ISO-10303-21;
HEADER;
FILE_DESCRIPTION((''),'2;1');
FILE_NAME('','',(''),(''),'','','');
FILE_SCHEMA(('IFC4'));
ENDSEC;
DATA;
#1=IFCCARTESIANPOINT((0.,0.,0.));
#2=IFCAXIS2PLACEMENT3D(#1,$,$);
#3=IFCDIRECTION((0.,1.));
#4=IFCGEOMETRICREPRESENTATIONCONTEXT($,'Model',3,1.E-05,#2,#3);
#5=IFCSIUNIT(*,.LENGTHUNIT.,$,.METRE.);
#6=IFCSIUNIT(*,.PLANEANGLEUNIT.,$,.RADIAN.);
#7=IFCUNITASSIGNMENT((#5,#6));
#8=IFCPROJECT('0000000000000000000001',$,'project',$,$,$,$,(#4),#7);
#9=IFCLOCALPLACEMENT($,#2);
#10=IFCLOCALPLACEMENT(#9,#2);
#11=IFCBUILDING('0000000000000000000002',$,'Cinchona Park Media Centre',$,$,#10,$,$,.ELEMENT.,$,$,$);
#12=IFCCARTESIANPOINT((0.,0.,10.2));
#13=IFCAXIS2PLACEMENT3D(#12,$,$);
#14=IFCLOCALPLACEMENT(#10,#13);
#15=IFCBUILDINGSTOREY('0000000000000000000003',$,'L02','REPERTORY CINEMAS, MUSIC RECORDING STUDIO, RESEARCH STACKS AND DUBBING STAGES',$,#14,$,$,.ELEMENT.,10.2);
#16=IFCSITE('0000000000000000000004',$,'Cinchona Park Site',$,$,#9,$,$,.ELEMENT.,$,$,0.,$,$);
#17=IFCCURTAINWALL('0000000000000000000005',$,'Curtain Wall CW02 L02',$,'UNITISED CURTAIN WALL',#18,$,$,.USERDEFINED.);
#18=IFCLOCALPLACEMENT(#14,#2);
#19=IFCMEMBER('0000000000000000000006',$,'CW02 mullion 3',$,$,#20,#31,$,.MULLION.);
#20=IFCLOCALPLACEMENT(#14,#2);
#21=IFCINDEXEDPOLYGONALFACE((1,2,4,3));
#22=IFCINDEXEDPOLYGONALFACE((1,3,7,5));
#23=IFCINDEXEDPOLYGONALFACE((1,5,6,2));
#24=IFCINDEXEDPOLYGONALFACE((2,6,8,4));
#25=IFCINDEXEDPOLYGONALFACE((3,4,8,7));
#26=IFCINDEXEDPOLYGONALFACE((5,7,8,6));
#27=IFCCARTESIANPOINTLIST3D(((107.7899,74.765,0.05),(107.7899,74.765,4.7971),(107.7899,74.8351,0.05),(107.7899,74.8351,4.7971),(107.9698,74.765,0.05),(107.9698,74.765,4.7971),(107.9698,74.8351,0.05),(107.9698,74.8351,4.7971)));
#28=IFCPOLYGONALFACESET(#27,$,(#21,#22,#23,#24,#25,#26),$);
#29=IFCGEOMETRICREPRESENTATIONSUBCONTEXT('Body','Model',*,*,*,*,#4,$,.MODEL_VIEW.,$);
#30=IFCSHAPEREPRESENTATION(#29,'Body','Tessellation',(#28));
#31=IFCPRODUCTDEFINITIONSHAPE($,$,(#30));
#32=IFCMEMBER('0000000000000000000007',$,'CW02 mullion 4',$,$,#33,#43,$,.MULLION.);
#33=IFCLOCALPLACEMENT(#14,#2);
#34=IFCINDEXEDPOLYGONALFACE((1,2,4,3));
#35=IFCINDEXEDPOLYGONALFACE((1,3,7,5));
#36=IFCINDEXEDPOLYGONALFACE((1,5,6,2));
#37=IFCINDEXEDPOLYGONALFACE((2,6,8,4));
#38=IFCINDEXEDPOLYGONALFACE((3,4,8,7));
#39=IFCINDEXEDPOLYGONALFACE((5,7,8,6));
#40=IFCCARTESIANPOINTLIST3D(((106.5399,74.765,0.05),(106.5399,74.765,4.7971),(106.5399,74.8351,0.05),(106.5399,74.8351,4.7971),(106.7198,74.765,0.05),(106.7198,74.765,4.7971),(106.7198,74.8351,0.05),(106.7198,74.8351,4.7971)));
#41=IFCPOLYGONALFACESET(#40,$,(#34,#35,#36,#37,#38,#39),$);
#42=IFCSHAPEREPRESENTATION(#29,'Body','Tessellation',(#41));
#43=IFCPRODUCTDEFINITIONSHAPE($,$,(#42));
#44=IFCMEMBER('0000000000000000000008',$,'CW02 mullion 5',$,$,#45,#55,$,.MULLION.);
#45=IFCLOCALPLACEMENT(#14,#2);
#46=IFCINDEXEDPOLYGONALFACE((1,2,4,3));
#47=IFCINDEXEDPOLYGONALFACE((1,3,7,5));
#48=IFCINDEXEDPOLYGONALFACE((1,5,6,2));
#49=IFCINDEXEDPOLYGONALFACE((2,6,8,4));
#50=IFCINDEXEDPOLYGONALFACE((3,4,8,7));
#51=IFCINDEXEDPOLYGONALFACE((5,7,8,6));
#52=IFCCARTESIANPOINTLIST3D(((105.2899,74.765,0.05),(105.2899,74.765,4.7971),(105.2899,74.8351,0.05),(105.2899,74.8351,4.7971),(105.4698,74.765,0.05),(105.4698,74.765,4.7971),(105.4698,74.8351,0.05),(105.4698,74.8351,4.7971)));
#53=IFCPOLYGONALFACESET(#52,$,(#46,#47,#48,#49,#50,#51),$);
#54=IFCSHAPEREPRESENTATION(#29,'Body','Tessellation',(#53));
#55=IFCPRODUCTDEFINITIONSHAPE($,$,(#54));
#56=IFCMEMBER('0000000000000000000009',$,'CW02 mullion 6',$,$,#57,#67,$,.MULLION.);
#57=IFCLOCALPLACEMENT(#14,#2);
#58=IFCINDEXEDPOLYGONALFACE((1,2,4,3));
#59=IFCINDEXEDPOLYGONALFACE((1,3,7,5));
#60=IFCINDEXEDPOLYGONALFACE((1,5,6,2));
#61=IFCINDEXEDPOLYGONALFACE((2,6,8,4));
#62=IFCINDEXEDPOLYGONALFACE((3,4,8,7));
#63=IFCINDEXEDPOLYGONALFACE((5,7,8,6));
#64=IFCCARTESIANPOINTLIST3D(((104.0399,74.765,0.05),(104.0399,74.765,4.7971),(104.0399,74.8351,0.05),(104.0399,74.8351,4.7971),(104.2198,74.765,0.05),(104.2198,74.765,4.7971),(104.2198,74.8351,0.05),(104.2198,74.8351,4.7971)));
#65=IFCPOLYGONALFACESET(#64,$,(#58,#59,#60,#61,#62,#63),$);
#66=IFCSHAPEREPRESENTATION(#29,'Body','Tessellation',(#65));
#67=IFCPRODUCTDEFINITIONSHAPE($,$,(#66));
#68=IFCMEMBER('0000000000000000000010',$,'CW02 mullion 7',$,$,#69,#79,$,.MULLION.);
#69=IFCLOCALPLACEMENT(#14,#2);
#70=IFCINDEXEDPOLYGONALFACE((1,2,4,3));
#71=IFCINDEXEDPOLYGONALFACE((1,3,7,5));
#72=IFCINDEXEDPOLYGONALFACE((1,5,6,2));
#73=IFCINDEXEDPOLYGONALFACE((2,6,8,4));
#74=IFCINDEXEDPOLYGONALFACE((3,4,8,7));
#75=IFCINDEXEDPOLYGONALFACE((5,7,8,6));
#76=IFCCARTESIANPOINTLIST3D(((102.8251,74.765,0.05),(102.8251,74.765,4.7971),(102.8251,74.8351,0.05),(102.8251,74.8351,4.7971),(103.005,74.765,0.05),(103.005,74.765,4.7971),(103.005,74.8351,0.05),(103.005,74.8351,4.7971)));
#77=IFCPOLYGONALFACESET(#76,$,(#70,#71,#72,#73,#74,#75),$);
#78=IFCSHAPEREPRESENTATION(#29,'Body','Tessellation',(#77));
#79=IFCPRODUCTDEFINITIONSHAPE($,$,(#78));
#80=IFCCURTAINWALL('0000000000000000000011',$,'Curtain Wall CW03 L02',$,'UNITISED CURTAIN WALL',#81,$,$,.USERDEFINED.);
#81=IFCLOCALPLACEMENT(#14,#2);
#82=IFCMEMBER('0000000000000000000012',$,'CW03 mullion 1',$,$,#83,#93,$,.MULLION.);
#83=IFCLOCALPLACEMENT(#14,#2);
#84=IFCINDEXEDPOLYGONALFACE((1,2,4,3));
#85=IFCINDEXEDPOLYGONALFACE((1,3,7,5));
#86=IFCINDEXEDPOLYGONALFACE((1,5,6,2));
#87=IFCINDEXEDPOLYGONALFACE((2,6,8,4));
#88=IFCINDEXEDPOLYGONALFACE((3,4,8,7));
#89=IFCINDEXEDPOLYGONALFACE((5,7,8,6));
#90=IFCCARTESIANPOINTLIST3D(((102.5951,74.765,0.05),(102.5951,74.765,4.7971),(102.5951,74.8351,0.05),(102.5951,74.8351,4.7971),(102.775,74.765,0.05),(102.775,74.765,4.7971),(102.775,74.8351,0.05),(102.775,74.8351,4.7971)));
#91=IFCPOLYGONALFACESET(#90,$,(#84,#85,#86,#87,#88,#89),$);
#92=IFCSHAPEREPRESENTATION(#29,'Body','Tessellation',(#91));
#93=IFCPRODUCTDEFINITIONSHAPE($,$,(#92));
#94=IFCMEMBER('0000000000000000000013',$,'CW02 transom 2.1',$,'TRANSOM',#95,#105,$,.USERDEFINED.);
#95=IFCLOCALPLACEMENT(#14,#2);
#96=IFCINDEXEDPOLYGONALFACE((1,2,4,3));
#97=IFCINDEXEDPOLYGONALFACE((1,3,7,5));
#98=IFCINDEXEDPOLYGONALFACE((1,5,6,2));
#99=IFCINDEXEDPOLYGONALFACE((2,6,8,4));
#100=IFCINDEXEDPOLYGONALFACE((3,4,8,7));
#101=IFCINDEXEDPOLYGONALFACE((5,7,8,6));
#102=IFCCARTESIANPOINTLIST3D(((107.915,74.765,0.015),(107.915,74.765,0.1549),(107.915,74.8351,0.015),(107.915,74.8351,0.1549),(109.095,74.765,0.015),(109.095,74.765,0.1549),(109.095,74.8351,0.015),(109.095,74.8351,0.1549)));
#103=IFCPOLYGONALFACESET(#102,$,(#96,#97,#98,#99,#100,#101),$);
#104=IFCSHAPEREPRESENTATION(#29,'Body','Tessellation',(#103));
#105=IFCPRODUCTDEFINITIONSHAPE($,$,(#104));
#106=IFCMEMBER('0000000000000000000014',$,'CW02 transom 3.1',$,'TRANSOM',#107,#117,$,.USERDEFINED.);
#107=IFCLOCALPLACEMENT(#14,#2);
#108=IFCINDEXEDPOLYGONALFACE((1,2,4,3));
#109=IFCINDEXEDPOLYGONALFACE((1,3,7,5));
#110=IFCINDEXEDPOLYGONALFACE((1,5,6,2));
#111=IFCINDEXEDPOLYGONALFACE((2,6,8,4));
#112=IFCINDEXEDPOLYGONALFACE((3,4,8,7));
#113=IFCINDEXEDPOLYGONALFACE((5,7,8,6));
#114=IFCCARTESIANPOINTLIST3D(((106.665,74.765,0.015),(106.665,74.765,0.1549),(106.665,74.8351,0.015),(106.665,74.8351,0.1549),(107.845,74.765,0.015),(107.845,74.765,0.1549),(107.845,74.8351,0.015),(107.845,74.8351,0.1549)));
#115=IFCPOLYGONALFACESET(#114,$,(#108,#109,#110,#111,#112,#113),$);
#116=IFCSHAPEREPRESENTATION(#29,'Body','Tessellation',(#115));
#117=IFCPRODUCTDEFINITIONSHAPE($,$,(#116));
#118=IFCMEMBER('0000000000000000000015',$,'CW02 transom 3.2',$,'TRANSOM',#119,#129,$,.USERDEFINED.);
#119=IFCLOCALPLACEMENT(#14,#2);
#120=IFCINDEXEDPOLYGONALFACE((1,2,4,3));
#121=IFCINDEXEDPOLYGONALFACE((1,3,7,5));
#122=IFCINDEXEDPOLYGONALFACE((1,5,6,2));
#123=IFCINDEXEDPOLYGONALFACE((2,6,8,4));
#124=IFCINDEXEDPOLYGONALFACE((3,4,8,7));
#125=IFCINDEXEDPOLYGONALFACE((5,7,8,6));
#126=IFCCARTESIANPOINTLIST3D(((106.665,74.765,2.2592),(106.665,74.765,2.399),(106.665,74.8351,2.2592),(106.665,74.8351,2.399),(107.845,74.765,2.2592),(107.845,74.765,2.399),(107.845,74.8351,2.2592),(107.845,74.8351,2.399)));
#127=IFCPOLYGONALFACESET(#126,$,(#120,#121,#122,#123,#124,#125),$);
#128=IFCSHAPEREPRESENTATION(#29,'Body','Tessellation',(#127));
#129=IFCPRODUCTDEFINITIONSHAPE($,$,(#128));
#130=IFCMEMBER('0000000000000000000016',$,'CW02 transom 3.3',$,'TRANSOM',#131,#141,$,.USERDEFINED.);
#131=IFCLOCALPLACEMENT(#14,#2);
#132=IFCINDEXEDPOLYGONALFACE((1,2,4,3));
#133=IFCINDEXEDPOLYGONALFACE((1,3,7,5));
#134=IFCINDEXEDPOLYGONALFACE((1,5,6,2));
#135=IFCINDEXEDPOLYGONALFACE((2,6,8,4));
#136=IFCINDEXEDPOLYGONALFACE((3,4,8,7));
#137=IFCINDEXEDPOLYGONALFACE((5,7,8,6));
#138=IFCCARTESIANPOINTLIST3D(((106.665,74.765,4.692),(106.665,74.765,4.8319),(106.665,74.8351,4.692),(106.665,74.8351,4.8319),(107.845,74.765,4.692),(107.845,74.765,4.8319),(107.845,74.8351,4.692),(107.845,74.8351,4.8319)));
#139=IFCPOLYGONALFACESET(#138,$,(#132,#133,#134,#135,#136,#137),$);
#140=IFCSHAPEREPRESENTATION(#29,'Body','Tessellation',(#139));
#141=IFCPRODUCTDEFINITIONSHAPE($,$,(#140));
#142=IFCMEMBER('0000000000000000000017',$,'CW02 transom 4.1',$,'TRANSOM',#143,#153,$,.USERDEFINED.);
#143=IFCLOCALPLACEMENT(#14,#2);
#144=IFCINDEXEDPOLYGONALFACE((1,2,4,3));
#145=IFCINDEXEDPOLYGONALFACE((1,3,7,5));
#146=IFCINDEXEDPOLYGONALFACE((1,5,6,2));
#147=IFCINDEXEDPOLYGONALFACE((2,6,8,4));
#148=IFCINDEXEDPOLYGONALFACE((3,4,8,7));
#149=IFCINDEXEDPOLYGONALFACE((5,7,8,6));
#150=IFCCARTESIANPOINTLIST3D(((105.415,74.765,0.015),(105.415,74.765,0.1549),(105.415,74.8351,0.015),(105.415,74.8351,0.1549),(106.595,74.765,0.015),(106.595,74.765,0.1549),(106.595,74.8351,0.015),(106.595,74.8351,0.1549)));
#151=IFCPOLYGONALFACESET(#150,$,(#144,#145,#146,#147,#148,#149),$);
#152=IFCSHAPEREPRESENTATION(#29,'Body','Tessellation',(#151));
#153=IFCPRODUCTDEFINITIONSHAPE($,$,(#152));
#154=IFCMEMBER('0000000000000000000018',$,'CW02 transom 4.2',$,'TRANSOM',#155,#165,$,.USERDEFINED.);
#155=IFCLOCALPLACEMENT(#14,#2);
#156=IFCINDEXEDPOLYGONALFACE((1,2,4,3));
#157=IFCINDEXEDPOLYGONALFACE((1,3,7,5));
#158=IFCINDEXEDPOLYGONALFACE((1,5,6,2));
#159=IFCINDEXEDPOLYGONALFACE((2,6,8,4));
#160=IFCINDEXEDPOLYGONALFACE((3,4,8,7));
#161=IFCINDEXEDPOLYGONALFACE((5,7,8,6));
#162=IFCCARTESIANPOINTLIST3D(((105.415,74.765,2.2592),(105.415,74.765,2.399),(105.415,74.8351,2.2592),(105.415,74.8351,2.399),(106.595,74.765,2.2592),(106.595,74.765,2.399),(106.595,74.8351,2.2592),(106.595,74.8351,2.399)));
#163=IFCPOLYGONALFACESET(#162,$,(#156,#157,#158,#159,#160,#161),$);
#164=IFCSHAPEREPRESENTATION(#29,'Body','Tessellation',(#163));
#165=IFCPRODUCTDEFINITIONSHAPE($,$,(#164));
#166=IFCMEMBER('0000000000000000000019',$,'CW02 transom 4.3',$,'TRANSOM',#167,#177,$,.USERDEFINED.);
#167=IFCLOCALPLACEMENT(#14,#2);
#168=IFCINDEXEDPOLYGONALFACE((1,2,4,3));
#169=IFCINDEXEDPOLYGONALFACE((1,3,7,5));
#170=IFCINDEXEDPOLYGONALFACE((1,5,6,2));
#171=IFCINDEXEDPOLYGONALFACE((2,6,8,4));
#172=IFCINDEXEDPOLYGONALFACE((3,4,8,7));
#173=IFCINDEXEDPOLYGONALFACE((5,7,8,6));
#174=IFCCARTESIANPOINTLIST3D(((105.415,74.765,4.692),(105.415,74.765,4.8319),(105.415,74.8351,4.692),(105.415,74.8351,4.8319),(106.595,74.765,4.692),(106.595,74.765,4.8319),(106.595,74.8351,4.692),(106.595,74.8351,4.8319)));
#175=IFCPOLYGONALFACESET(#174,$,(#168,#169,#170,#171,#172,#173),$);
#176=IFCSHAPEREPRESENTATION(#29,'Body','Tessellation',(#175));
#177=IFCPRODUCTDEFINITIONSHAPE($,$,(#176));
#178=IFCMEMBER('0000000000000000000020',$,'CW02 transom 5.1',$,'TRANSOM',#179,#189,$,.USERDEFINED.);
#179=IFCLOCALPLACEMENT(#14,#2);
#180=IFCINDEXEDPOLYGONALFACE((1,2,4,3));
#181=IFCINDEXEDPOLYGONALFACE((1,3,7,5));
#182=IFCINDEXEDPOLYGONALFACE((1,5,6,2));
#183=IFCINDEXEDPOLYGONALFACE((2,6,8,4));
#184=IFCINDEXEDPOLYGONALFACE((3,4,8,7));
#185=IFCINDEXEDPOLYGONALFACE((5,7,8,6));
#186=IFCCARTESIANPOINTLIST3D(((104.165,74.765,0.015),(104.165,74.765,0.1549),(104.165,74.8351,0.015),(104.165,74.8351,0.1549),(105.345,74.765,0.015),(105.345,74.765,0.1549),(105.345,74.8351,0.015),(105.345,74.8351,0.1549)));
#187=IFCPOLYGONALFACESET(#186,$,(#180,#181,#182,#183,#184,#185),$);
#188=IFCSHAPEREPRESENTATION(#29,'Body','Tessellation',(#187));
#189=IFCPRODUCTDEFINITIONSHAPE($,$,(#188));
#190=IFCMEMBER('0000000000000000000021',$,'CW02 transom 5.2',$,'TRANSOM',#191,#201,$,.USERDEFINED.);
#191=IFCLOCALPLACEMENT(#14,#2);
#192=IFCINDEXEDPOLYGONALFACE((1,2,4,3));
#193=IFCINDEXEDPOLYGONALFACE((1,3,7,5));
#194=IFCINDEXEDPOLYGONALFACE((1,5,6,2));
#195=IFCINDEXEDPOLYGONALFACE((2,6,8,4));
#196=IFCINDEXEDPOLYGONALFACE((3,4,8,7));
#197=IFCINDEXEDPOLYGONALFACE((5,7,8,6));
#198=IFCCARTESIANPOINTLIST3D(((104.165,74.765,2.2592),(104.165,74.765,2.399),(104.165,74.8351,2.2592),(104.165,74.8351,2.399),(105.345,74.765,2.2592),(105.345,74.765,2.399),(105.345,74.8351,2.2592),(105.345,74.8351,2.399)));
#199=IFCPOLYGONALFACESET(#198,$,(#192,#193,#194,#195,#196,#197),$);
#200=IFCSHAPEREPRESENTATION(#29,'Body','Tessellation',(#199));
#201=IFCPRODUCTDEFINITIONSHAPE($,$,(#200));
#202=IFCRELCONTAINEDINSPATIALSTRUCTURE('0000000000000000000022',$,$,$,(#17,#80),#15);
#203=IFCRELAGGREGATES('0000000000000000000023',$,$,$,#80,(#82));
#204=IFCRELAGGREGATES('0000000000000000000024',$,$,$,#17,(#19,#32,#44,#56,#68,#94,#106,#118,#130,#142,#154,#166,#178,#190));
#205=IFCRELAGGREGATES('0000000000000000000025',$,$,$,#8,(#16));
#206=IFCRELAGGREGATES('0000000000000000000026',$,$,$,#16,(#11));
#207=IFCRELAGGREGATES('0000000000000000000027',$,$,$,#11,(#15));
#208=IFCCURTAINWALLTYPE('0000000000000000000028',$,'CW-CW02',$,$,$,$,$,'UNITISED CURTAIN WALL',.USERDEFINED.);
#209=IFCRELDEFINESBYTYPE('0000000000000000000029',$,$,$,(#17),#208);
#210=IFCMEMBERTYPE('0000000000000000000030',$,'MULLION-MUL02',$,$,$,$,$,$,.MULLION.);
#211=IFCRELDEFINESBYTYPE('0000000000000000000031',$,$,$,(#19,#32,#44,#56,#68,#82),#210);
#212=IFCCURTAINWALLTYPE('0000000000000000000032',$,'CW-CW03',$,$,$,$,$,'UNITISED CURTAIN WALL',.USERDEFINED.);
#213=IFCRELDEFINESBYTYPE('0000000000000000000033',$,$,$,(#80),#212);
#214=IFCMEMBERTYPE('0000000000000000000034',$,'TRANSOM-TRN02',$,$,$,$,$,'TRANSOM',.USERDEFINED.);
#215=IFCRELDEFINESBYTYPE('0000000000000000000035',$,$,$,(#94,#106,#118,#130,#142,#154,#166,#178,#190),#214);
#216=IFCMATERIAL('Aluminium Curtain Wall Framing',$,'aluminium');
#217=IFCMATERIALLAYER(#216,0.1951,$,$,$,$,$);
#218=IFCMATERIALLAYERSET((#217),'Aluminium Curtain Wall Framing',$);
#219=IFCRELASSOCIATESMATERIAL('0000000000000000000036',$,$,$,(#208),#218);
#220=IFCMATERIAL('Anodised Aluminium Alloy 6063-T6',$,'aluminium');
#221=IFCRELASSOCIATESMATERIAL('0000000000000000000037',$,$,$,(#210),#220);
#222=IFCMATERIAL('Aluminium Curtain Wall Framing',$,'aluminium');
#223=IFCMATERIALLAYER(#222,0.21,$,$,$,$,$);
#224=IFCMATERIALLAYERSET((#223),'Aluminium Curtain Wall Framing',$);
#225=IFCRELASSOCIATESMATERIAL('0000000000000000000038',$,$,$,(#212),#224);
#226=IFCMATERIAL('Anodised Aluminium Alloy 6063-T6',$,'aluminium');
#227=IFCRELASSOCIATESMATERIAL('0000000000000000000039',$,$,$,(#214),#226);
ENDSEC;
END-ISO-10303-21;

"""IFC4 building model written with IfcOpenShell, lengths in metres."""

from ifc_helpers import new_model, si_unit, direction, frame, origin, origin_2d, place, context, subcontext, project, spatial, rectangle, extrude, material, layer, layer_set, material_profile, profile_set, type_object, element, aggregate, save


model = new_model("IFC4")

# Units and contexts
model_context = context("Model", 3, precision=1e-05, world=origin(), true_north=direction((0.0, 1.0)))
body_context = subcontext(model_context, "Body", "Model", "MODEL_VIEW")
ifc_project = project(units=[si_unit("LENGTHUNIT", "METRE"), si_unit("PLANEANGLEUNIT", "RADIAN")], contexts=[model_context])

# Site, building, storey
site_placement = place(None, origin())
site = spatial("IfcSite", under=ifc_project, at=site_placement, Name="Cinchona Park Site", CompositionType="ELEMENT", RefElevation=0.0)
building_placement = place(site_placement, origin())
building = spatial("IfcBuilding", under=site, at=building_placement, Name="Cinchona Park Media Centre", CompositionType="ELEMENT")
storey_placement = place(building_placement, frame((0.0, 0.0, 10.2)))
storey = spatial("IfcBuildingStorey", under=building, at=storey_placement, Name="L02", Description="REPERTORY CINEMAS, MUSIC RECORDING STUDIO, RESEARCH STACKS AND DUBBING STAGES", CompositionType="ELEMENT", Elevation=10.2)

# Curtain wall, members
ifc_material_1 = material(Name="Aluminium Curtain Wall Framing", Category="aluminium")
ifc_layer_1 = layer(ifc_material_1, 0.1951)
ifc_layer_set_1 = layer_set([ifc_layer_1], Name="Aluminium Curtain Wall Framing")
curtain_wall_type_1 = type_object("IfcCurtainWallType", Name="CW-CW02", ElementType="UNITISED CURTAIN WALL", PredefinedType="USERDEFINED", material=ifc_layer_set_1)
curtain_wall_1_placement = place(storey_placement, origin())
curtain_wall_1 = element("IfcCurtainWall", 1, at=curtain_wall_1_placement, inside=storey, type_object=curtain_wall_type_1, Name="Curtain Wall CW02 L02", ObjectType="UNITISED CURTAIN WALL", PredefinedType="USERDEFINED")
ifc_material_2 = material(Name="Anodised Aluminium Alloy 6063-T6", Category="aluminium")
ifc_material_profile_1 = material_profile(ifc_material_2, rectangle(XDim=0.0701, YDim=0.1799, at=origin_2d()), Name="MUL-70X180")
ifc_profile_set_1 = profile_set([ifc_material_profile_1], Name="Anodised Aluminium Alloy 6063-T6")
member_type_1 = type_object("IfcMemberType", Name="MULLION-MUL02", PredefinedType="MULLION", material=ifc_profile_set_1)
member_1_placement = place(storey_placement, frame((107.8799, 74.8, 0.05), z_axis=(0.0, 0.0, 1.0), x_axis=(0.0, -1.0, 0.0)))
member_1 = element("IfcMember", 2, at=member_1_placement, type_object=member_type_1, Name="CW02 mullion 3", PredefinedType="MULLION", context=body_context, shape_type="SweptSolid", body=[
    extrude(rectangle(XDim=0.0701, YDim=0.1799, at=origin_2d()), origin(), (0.0, 0.0, 1.0), 4.7471),
])
member_2_placement = place(storey_placement, frame((106.6299, 74.8, 0.05), z_axis=(0.0, 0.0, 1.0), x_axis=(0.0, -1.0, 0.0)))
member_2 = element("IfcMember", 3, at=member_2_placement, type_object=member_type_1, Name="CW02 mullion 4", PredefinedType="MULLION", context=body_context, shape_type="SweptSolid", body=[
    extrude(rectangle(XDim=0.0701, YDim=0.1799, at=origin_2d()), origin(), (0.0, 0.0, 1.0), 4.7471),
])
member_3_placement = place(storey_placement, frame((105.3799, 74.8, 0.05), z_axis=(0.0, 0.0, 1.0), x_axis=(0.0, -1.0, 0.0)))
member_3 = element("IfcMember", 4, at=member_3_placement, type_object=member_type_1, Name="CW02 mullion 5", PredefinedType="MULLION", context=body_context, shape_type="SweptSolid", body=[
    extrude(rectangle(XDim=0.0701, YDim=0.1799, at=origin_2d()), origin(), (0.0, 0.0, 1.0), 4.7471),
])
member_4_placement = place(storey_placement, frame((104.1299, 74.8, 0.05), z_axis=(0.0, 0.0, 1.0), x_axis=(0.0, -1.0, 0.0)))
member_4 = element("IfcMember", 5, at=member_4_placement, type_object=member_type_1, Name="CW02 mullion 6", PredefinedType="MULLION", context=body_context, shape_type="SweptSolid", body=[
    extrude(rectangle(XDim=0.0701, YDim=0.1799, at=origin_2d()), origin(), (0.0, 0.0, 1.0), 4.7471),
])
member_5_placement = place(storey_placement, frame((102.915, 74.8, 0.05), z_axis=(0.0, 0.0, 1.0), x_axis=(0.0, -1.0, 0.0)))
member_5 = element("IfcMember", 6, at=member_5_placement, type_object=member_type_1, Name="CW02 mullion 7", PredefinedType="MULLION", context=body_context, shape_type="SweptSolid", body=[
    extrude(rectangle(XDim=0.0701, YDim=0.1799, at=origin_2d()), origin(), (0.0, 0.0, 1.0), 4.7471),
])

# Curtain wall, member
ifc_material_3 = material(Name="Aluminium Curtain Wall Framing", Category="aluminium")
ifc_layer_2 = layer(ifc_material_3, 0.21)
ifc_layer_set_2 = layer_set([ifc_layer_2], Name="Aluminium Curtain Wall Framing")
curtain_wall_type_2 = type_object("IfcCurtainWallType", Name="CW-CW03", ElementType="UNITISED CURTAIN WALL", PredefinedType="USERDEFINED", material=ifc_layer_set_2)
curtain_wall_2_placement = place(storey_placement, origin())
curtain_wall_2 = element("IfcCurtainWall", 7, at=curtain_wall_2_placement, inside=storey, type_object=curtain_wall_type_2, Name="Curtain Wall CW03 L02", ObjectType="UNITISED CURTAIN WALL", PredefinedType="USERDEFINED")
member_6_placement = place(storey_placement, frame((102.6851, 74.8, 0.05), z_axis=(0.0, 0.0, 1.0), x_axis=(0.0, -1.0, 0.0)))
member_6 = element("IfcMember", 8, at=member_6_placement, type_object=member_type_1, Name="CW03 mullion 1", PredefinedType="MULLION", context=body_context, shape_type="SweptSolid", body=[
    extrude(rectangle(XDim=0.0701, YDim=0.1799, at=origin_2d()), origin(), (0.0, 0.0, 1.0), 4.7471),
])

# Members
ifc_material_4 = material(Name="Anodised Aluminium Alloy 6063-T6", Category="aluminium")
ifc_material_profile_2 = material_profile(ifc_material_4, rectangle(XDim=0.0701, YDim=0.1399, at=origin_2d()), Name="TRN-70X140")
ifc_profile_set_2 = profile_set([ifc_material_profile_2], Name="Anodised Aluminium Alloy 6063-T6")
member_type_2 = type_object("IfcMemberType", Name="TRANSOM-TRN02", ElementType="TRANSOM", PredefinedType="USERDEFINED", material=ifc_profile_set_2)
member_7_placement = place(storey_placement, frame((109.095, 74.8, 0.085), z_axis=(-1.0, 0.0, 0.0), x_axis=(0.0, -1.0, 0.0)))
member_7 = element("IfcMember", 9, at=member_7_placement, type_object=member_type_2, Name="CW02 transom 2.1", ObjectType="TRANSOM", PredefinedType="USERDEFINED", context=body_context, shape_type="SweptSolid", body=[
    extrude(rectangle(XDim=0.0701, YDim=0.1399, at=origin_2d()), origin(), (0.0, 0.0, 1.0), 1.1799),
])
member_8_placement = place(storey_placement, frame((107.845, 74.8, 0.085), z_axis=(-1.0, 0.0, 0.0), x_axis=(0.0, -1.0, 0.0)))
member_8 = element("IfcMember", 10, at=member_8_placement, type_object=member_type_2, Name="CW02 transom 3.1", ObjectType="TRANSOM", PredefinedType="USERDEFINED", context=body_context, shape_type="SweptSolid", body=[
    extrude(rectangle(XDim=0.0701, YDim=0.1399, at=origin_2d()), origin(), (0.0, 0.0, 1.0), 1.1799),
])
member_9_placement = place(storey_placement, frame((107.845, 74.8, 2.3291), z_axis=(-1.0, 0.0, 0.0), x_axis=(0.0, -1.0, 0.0)))
member_9 = element("IfcMember", 11, at=member_9_placement, type_object=member_type_2, Name="CW02 transom 3.2", ObjectType="TRANSOM", PredefinedType="USERDEFINED", context=body_context, shape_type="SweptSolid", body=[
    extrude(rectangle(XDim=0.0701, YDim=0.1399, at=origin_2d()), origin(), (0.0, 0.0, 1.0), 1.1799),
])
member_10_placement = place(storey_placement, frame((107.845, 74.8, 4.762), z_axis=(-1.0, 0.0, 0.0), x_axis=(0.0, -1.0, 0.0)))
member_10 = element("IfcMember", 12, at=member_10_placement, type_object=member_type_2, Name="CW02 transom 3.3", ObjectType="TRANSOM", PredefinedType="USERDEFINED", context=body_context, shape_type="SweptSolid", body=[
    extrude(rectangle(XDim=0.0701, YDim=0.1399, at=origin_2d()), origin(), (0.0, 0.0, 1.0), 1.1799),
])
member_11_placement = place(storey_placement, frame((106.595, 74.8, 0.085), z_axis=(-1.0, 0.0, 0.0), x_axis=(0.0, -1.0, 0.0)))
member_11 = element("IfcMember", 13, at=member_11_placement, type_object=member_type_2, Name="CW02 transom 4.1", ObjectType="TRANSOM", PredefinedType="USERDEFINED", context=body_context, shape_type="SweptSolid", body=[
    extrude(rectangle(XDim=0.0701, YDim=0.1399, at=origin_2d()), origin(), (0.0, 0.0, 1.0), 1.1799),
])
member_12_placement = place(storey_placement, frame((106.595, 74.8, 2.3291), z_axis=(-1.0, 0.0, 0.0), x_axis=(0.0, -1.0, 0.0)))
member_12 = element("IfcMember", 14, at=member_12_placement, type_object=member_type_2, Name="CW02 transom 4.2", ObjectType="TRANSOM", PredefinedType="USERDEFINED", context=body_context, shape_type="SweptSolid", body=[
    extrude(rectangle(XDim=0.0701, YDim=0.1399, at=origin_2d()), origin(), (0.0, 0.0, 1.0), 1.1799),
])
member_13_placement = place(storey_placement, frame((106.595, 74.8, 4.762), z_axis=(-1.0, 0.0, 0.0), x_axis=(0.0, -1.0, 0.0)))
member_13 = element("IfcMember", 15, at=member_13_placement, type_object=member_type_2, Name="CW02 transom 4.3", ObjectType="TRANSOM", PredefinedType="USERDEFINED", context=body_context, shape_type="SweptSolid", body=[
    extrude(rectangle(XDim=0.0701, YDim=0.1399, at=origin_2d()), origin(), (0.0, 0.0, 1.0), 1.1799),
])
member_14_placement = place(storey_placement, frame((105.345, 74.8, 0.085), z_axis=(-1.0, 0.0, 0.0), x_axis=(0.0, -1.0, 0.0)))
member_14 = element("IfcMember", 16, at=member_14_placement, type_object=member_type_2, Name="CW02 transom 5.1", ObjectType="TRANSOM", PredefinedType="USERDEFINED", context=body_context, shape_type="SweptSolid", body=[
    extrude(rectangle(XDim=0.0701, YDim=0.1399, at=origin_2d()), origin(), (0.0, 0.0, 1.0), 1.1799),
])
member_15_placement = place(storey_placement, frame((105.345, 74.8, 2.3291), z_axis=(-1.0, 0.0, 0.0), x_axis=(0.0, -1.0, 0.0)))
member_15 = element("IfcMember", 17, at=member_15_placement, type_object=member_type_2, Name="CW02 transom 5.2", ObjectType="TRANSOM", PredefinedType="USERDEFINED", context=body_context, shape_type="SweptSolid", body=[
    extrude(rectangle(XDim=0.0701, YDim=0.1399, at=origin_2d()), origin(), (0.0, 0.0, 1.0), 1.1799),
])
aggregate(curtain_wall_2, [member_6])

aggregate(curtain_wall_1, [member_1, member_2, member_3, member_4, member_5, member_7, member_8, member_9, member_10, member_11, member_12, member_13, member_14, member_15])

save(model, "model.ifc")
